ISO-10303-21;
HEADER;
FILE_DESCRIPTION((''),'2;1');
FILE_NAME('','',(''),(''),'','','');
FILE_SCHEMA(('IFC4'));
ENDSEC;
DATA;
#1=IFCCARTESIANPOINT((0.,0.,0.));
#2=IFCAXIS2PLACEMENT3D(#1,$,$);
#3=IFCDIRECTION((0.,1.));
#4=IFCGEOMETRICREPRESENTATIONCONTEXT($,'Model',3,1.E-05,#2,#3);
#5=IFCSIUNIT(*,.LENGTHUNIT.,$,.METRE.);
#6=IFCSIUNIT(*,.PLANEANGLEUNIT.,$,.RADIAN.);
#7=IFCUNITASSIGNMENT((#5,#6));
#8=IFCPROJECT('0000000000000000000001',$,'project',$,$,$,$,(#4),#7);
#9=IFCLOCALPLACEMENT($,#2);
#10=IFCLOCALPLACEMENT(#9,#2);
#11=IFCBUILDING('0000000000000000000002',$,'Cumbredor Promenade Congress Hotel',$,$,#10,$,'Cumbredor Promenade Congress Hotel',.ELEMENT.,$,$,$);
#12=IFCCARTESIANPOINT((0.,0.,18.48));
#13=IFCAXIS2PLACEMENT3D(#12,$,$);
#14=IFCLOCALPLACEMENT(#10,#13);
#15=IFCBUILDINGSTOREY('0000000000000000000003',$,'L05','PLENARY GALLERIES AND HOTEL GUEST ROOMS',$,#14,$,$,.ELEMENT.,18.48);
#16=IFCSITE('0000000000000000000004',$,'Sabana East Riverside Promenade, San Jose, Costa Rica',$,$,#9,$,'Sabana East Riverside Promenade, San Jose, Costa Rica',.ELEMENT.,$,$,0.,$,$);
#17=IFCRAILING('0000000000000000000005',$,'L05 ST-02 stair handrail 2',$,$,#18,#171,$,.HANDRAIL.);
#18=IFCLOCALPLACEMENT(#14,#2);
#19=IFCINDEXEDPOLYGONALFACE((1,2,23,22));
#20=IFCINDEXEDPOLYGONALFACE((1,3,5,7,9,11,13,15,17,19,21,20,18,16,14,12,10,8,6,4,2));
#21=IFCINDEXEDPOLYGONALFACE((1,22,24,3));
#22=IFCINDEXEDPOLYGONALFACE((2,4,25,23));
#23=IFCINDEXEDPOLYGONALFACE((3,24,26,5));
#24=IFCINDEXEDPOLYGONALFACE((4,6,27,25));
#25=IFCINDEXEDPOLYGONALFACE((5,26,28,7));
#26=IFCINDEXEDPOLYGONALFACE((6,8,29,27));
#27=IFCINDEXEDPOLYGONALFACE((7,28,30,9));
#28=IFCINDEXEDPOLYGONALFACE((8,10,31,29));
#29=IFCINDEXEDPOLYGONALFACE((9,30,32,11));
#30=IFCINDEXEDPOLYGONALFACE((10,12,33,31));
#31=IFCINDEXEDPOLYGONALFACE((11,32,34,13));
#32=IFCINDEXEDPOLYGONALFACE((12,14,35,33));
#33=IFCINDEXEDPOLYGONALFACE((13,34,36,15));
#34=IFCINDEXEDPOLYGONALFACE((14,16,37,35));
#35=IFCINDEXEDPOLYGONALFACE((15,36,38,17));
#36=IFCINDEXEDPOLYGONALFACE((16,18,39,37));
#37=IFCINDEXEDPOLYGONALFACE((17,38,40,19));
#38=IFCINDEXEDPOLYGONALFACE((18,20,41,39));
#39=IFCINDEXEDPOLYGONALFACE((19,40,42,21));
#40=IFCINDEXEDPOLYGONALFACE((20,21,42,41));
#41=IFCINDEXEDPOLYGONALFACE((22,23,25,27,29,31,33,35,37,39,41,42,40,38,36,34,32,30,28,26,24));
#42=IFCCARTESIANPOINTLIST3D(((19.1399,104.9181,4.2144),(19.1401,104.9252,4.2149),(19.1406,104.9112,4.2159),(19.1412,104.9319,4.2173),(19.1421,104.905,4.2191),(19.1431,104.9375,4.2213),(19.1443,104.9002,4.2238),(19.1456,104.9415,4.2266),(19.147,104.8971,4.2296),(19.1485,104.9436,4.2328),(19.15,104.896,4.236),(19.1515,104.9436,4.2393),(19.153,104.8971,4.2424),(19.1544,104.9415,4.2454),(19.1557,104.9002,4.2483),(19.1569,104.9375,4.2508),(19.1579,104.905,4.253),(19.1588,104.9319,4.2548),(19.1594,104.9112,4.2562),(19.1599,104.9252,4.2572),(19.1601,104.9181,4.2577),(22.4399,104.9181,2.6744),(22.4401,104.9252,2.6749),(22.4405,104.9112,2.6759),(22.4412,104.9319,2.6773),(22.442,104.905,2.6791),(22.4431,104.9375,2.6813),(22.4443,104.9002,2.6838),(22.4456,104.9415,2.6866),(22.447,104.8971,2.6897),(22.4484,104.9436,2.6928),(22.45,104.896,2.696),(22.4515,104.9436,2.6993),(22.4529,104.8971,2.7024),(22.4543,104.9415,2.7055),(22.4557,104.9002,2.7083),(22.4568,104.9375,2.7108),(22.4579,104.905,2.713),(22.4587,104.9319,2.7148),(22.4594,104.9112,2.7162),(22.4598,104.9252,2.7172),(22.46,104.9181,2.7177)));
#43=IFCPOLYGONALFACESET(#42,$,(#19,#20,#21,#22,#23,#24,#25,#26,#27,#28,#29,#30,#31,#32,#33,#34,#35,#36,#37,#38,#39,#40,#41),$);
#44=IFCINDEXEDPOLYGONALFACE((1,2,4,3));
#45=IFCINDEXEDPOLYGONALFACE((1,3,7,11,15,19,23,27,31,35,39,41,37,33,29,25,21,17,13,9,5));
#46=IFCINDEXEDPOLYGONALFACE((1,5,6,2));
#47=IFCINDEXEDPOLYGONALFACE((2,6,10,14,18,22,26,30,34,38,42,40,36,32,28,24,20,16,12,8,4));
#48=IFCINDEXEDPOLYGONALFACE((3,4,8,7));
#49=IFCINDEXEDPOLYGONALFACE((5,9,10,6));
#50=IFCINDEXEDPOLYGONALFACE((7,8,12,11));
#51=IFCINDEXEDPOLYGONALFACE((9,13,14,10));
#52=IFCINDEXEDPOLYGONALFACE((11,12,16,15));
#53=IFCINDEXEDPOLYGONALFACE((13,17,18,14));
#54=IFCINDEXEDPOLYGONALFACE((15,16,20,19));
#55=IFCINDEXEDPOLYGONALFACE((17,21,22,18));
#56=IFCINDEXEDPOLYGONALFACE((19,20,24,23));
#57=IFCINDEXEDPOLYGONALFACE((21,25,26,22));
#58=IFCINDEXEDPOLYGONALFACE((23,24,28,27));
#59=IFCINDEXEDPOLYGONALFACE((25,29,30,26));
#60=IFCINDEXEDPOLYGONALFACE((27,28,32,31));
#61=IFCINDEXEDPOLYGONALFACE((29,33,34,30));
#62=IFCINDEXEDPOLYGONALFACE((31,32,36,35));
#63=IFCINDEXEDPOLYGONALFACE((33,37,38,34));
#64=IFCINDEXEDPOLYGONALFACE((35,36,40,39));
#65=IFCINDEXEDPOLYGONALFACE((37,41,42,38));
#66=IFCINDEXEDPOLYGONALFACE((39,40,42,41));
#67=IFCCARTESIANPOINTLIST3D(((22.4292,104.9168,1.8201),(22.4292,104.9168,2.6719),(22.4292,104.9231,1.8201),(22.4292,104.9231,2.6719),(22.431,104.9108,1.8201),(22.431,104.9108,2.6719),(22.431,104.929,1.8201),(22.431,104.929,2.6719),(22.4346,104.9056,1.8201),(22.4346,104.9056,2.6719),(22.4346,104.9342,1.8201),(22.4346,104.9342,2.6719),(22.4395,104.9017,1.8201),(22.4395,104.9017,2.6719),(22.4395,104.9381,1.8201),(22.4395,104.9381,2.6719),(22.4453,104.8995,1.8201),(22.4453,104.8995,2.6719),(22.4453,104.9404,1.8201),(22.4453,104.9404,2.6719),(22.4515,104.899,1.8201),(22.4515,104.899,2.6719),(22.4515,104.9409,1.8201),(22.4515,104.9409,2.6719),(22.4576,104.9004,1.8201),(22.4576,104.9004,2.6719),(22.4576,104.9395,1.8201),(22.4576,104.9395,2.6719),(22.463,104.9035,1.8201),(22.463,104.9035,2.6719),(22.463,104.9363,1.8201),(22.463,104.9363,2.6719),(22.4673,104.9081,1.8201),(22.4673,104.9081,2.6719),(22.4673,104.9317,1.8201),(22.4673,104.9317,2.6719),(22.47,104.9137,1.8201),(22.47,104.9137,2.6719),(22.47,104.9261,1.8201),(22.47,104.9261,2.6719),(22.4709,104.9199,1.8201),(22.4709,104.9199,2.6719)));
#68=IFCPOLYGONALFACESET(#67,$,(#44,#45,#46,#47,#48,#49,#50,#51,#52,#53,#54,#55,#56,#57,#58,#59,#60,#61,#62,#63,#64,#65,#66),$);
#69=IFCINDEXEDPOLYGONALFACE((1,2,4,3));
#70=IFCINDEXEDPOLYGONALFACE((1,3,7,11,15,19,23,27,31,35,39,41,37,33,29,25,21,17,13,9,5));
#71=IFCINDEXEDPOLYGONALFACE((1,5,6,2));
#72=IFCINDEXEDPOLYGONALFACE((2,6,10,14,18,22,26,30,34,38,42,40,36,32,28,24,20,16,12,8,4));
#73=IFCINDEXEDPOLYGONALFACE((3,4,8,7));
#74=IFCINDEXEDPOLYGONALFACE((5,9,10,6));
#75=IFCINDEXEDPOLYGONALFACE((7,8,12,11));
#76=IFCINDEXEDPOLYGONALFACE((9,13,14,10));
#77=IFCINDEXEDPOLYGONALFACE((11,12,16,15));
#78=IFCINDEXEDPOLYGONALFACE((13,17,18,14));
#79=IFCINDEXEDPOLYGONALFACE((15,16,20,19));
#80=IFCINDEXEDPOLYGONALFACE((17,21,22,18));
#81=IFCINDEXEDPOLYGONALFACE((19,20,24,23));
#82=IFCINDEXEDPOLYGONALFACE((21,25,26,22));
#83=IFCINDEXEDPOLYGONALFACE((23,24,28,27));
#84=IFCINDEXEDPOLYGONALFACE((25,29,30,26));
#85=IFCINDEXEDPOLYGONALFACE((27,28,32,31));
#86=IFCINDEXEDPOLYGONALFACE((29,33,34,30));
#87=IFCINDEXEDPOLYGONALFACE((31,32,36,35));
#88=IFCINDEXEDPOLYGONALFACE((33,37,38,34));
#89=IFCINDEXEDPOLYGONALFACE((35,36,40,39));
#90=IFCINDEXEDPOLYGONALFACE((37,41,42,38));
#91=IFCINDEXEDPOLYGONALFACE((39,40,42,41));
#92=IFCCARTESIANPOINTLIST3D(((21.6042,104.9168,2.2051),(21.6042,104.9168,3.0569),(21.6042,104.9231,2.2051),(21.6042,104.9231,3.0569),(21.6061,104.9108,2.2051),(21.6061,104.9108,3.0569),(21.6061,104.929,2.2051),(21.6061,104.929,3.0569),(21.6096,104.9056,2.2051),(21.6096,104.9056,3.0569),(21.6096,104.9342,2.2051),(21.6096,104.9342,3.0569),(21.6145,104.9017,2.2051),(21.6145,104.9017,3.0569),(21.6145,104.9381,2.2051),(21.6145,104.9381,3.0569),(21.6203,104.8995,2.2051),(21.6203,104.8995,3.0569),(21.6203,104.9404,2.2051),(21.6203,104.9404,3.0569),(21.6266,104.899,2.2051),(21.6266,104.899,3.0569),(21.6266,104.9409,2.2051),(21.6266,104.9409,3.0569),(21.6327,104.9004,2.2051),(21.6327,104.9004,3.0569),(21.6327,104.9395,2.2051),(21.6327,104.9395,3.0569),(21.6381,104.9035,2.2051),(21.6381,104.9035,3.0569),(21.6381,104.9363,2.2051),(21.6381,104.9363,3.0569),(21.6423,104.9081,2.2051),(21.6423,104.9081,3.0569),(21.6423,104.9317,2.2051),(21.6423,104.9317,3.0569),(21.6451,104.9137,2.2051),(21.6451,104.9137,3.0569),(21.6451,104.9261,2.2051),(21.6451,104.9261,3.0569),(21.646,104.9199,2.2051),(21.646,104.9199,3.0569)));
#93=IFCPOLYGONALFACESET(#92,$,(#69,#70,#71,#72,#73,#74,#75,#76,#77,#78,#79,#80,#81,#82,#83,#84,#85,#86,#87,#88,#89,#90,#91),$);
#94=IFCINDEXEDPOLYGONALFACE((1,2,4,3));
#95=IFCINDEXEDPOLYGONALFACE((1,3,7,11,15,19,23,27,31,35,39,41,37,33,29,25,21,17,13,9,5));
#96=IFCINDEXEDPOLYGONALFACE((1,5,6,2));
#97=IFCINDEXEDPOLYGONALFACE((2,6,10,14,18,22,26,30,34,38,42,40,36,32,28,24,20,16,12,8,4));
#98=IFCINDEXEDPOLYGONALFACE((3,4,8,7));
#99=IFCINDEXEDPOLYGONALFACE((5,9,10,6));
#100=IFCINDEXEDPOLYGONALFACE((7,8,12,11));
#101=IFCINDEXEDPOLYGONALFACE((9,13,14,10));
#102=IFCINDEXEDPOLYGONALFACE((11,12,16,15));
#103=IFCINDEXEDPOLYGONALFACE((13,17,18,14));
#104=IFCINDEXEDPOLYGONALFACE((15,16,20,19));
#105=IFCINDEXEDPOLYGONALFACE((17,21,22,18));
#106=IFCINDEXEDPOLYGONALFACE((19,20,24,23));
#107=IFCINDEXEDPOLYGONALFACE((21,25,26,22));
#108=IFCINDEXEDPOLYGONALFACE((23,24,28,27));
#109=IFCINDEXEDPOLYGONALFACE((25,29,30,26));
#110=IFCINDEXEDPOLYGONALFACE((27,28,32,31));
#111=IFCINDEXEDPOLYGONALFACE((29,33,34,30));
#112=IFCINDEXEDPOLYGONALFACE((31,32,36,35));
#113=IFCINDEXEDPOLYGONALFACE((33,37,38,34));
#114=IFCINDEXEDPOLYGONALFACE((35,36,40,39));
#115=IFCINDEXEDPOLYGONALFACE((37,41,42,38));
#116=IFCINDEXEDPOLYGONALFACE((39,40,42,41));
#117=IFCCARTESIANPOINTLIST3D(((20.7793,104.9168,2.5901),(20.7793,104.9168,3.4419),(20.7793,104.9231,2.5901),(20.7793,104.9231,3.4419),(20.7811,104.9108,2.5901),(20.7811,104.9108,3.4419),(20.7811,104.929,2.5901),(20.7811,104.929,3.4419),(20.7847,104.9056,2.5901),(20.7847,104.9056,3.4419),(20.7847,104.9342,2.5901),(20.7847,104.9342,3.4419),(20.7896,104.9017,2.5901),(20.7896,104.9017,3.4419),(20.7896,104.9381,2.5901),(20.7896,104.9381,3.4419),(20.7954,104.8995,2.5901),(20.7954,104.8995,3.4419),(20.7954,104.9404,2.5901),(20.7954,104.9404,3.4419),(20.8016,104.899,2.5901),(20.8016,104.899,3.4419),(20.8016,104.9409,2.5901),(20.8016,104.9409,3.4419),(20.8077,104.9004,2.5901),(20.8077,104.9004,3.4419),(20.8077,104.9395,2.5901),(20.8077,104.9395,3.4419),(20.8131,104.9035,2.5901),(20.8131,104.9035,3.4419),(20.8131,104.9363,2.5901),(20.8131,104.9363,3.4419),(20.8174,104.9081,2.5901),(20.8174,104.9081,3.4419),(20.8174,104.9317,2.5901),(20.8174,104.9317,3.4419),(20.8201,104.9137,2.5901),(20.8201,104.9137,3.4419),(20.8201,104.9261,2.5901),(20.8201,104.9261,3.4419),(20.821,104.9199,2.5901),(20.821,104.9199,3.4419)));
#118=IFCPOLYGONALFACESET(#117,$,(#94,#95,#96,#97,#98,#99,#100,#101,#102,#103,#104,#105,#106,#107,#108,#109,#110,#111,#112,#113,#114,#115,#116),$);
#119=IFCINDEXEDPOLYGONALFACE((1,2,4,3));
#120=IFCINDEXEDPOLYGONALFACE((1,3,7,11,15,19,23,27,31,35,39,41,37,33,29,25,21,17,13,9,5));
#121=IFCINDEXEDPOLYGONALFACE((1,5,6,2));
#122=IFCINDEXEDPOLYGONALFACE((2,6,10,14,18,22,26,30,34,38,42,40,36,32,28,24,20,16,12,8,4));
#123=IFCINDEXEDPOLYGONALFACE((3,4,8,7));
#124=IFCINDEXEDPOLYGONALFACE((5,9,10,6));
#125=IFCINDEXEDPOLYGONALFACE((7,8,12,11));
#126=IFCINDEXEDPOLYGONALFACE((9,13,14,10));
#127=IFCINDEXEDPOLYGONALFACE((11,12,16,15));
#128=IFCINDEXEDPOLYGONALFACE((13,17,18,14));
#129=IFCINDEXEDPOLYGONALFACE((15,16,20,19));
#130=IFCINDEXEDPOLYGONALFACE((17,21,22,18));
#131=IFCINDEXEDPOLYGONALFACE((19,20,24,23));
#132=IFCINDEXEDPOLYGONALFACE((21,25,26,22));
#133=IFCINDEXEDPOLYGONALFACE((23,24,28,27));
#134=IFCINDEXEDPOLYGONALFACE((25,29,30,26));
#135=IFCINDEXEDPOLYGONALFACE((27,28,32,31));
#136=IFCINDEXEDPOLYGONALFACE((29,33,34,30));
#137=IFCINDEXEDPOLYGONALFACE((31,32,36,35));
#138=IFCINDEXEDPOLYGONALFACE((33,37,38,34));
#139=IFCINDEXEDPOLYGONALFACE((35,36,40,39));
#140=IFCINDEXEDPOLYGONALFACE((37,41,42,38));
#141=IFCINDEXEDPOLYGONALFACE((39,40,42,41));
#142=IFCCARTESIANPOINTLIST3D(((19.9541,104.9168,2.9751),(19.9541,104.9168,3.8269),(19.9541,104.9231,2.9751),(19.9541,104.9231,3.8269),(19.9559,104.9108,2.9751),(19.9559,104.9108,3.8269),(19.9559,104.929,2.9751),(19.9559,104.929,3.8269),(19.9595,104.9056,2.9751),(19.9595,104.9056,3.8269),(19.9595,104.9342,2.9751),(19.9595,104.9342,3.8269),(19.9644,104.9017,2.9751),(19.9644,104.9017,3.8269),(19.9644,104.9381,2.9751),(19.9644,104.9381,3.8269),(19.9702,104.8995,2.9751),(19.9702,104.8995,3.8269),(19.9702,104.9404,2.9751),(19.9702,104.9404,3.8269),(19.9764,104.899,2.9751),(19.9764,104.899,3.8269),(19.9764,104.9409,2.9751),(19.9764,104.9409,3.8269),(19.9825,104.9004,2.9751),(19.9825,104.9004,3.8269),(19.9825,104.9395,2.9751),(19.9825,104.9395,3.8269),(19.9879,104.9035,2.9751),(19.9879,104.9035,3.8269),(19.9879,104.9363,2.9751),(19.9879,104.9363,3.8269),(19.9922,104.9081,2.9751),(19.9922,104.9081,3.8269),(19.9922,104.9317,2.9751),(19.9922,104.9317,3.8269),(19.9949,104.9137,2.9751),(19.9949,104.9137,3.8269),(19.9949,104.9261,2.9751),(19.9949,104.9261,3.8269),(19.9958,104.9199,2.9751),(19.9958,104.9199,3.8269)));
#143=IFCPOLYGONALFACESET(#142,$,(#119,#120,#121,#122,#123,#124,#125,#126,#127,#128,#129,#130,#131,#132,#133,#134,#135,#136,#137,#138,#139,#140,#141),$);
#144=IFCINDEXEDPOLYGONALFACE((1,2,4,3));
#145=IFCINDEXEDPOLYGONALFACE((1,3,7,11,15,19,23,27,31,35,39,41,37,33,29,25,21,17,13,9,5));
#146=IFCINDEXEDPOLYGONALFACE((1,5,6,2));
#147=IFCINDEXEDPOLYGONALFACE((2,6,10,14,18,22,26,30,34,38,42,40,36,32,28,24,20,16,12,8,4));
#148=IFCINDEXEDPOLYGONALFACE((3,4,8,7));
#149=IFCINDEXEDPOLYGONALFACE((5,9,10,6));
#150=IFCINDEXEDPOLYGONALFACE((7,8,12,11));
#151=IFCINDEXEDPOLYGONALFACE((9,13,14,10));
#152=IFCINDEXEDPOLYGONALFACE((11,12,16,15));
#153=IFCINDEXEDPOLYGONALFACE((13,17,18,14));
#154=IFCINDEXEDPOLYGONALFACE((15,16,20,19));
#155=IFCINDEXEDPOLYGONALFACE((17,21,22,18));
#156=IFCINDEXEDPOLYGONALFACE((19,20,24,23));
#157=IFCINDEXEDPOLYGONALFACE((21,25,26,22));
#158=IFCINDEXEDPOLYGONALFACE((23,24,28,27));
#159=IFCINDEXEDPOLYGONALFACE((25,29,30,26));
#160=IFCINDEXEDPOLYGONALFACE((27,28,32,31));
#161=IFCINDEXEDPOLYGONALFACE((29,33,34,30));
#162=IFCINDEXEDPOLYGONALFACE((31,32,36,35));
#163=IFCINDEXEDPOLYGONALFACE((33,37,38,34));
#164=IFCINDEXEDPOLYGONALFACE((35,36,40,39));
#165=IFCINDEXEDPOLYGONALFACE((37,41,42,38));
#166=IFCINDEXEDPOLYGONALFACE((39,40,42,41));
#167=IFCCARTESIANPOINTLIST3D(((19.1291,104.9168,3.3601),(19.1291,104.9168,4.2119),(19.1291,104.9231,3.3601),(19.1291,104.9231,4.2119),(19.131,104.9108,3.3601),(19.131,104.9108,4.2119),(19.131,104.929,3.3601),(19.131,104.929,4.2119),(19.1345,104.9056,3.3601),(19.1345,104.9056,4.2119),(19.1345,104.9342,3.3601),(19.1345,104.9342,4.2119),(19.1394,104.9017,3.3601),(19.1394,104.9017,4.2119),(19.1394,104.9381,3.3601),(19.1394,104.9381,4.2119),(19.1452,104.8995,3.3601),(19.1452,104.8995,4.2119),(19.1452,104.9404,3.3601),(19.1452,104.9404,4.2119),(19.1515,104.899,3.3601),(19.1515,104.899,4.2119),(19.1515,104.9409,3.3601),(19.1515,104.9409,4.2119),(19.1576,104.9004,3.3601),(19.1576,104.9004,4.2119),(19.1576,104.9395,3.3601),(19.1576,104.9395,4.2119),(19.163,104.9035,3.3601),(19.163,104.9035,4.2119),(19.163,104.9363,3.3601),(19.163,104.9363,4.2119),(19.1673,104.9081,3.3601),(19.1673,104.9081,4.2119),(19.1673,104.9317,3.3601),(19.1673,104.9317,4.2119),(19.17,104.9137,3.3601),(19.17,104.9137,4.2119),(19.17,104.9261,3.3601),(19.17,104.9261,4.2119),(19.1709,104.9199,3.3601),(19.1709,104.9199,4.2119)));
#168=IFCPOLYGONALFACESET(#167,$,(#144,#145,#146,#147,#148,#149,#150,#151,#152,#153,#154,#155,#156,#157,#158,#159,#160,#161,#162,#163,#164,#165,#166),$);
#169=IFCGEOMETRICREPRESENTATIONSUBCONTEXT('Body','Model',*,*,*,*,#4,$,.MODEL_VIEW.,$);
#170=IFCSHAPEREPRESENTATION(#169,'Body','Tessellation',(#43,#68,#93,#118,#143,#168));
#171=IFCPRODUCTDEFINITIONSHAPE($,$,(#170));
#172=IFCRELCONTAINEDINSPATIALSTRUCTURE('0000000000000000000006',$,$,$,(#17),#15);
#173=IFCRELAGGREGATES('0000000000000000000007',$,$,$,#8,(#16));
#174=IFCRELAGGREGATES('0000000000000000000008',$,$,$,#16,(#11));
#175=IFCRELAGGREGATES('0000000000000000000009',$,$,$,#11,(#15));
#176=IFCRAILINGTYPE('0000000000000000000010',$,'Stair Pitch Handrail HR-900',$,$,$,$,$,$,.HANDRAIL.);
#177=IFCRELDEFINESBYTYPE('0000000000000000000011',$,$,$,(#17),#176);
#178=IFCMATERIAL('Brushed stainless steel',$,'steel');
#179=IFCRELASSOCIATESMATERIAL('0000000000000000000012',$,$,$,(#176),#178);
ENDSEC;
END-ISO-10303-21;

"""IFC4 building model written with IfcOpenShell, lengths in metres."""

from ifc_helpers import new_model, si_unit, direction, frame, origin, origin_2d, place, context, subcontext, project, spatial, circle, extrude, material, type_object, element, save


model = new_model("IFC4")

# Units and contexts
model_context = context("Model", 3, precision=1e-05, world=origin(), true_north=direction((0.0, 1.0)))
body_context = subcontext(model_context, "Body", "Model", "MODEL_VIEW")
ifc_project = project(units=[si_unit("LENGTHUNIT", "METRE"), si_unit("PLANEANGLEUNIT", "RADIAN")], contexts=[model_context])

# Site, building, storey
site_placement = place(None, origin())
site = spatial("IfcSite", under=ifc_project, at=site_placement, Name="Sabana East Riverside Promenade, San Jose, Costa Rica", LongName="Sabana East Riverside Promenade, San Jose, Costa Rica", CompositionType="ELEMENT", RefElevation=0.0)
building_placement = place(site_placement, origin())
building = spatial("IfcBuilding", under=site, at=building_placement, Name="Cumbredor Promenade Congress Hotel", LongName="Cumbredor Promenade Congress Hotel", CompositionType="ELEMENT")
storey_placement = place(building_placement, frame((0.0, 0.0, 18.48)))
storey = spatial("IfcBuildingStorey", under=building, at=storey_placement, Name="L05", Description="PLENARY GALLERIES AND HOTEL GUEST ROOMS", CompositionType="ELEMENT", Elevation=18.48)

# Railing
ifc_material_1 = material(Name="Brushed stainless steel", Category="steel")
railing_type_1 = type_object("IfcRailingType", Name="Stair Pitch Handrail HR-900", PredefinedType="HANDRAIL", material=ifc_material_1)
railing_1_placement = place(storey_placement, frame((22.45, 104.9199, 1.8201)))
element("IfcRailing", 1, at=railing_1_placement, inside=storey, type_object=railing_type_1, Name="L05 ST-02 stair handrail 2", PredefinedType="HANDRAIL", context=body_context, shape_type="SweptSolid", body=[
    extrude(circle(Radius=0.0239, at=origin_2d()), frame((0.0, 0.0, 0.876), z_axis=(-0.906181, 0.0, 0.422889), x_axis=(0.0, -1.0, 0.0)), (0.0, 0.0, 1.0), 3.6416),
    extrude(circle(Radius=0.021, at=origin_2d()), origin(), (0.0, 0.0, 1.0), 0.8518),
    extrude(circle(Radius=0.021, at=origin_2d()), frame((-0.825, 0.0, 0.385)), (0.0, 0.0, 1.0), 0.8518),
    extrude(circle(Radius=0.021, at=origin_2d()), frame((-1.6499, 0.0, 0.77)), (0.0, 0.0, 1.0), 0.8518),
    extrude(circle(Radius=0.021, at=origin_2d()), frame((-2.4751, 0.0, 1.155)), (0.0, 0.0, 1.0), 0.8518),
    extrude(circle(Radius=0.021, at=origin_2d()), frame((-3.3, 0.0, 1.54)), (0.0, 0.0, 1.0), 0.8518),
])

save(model, "model.ifc")
